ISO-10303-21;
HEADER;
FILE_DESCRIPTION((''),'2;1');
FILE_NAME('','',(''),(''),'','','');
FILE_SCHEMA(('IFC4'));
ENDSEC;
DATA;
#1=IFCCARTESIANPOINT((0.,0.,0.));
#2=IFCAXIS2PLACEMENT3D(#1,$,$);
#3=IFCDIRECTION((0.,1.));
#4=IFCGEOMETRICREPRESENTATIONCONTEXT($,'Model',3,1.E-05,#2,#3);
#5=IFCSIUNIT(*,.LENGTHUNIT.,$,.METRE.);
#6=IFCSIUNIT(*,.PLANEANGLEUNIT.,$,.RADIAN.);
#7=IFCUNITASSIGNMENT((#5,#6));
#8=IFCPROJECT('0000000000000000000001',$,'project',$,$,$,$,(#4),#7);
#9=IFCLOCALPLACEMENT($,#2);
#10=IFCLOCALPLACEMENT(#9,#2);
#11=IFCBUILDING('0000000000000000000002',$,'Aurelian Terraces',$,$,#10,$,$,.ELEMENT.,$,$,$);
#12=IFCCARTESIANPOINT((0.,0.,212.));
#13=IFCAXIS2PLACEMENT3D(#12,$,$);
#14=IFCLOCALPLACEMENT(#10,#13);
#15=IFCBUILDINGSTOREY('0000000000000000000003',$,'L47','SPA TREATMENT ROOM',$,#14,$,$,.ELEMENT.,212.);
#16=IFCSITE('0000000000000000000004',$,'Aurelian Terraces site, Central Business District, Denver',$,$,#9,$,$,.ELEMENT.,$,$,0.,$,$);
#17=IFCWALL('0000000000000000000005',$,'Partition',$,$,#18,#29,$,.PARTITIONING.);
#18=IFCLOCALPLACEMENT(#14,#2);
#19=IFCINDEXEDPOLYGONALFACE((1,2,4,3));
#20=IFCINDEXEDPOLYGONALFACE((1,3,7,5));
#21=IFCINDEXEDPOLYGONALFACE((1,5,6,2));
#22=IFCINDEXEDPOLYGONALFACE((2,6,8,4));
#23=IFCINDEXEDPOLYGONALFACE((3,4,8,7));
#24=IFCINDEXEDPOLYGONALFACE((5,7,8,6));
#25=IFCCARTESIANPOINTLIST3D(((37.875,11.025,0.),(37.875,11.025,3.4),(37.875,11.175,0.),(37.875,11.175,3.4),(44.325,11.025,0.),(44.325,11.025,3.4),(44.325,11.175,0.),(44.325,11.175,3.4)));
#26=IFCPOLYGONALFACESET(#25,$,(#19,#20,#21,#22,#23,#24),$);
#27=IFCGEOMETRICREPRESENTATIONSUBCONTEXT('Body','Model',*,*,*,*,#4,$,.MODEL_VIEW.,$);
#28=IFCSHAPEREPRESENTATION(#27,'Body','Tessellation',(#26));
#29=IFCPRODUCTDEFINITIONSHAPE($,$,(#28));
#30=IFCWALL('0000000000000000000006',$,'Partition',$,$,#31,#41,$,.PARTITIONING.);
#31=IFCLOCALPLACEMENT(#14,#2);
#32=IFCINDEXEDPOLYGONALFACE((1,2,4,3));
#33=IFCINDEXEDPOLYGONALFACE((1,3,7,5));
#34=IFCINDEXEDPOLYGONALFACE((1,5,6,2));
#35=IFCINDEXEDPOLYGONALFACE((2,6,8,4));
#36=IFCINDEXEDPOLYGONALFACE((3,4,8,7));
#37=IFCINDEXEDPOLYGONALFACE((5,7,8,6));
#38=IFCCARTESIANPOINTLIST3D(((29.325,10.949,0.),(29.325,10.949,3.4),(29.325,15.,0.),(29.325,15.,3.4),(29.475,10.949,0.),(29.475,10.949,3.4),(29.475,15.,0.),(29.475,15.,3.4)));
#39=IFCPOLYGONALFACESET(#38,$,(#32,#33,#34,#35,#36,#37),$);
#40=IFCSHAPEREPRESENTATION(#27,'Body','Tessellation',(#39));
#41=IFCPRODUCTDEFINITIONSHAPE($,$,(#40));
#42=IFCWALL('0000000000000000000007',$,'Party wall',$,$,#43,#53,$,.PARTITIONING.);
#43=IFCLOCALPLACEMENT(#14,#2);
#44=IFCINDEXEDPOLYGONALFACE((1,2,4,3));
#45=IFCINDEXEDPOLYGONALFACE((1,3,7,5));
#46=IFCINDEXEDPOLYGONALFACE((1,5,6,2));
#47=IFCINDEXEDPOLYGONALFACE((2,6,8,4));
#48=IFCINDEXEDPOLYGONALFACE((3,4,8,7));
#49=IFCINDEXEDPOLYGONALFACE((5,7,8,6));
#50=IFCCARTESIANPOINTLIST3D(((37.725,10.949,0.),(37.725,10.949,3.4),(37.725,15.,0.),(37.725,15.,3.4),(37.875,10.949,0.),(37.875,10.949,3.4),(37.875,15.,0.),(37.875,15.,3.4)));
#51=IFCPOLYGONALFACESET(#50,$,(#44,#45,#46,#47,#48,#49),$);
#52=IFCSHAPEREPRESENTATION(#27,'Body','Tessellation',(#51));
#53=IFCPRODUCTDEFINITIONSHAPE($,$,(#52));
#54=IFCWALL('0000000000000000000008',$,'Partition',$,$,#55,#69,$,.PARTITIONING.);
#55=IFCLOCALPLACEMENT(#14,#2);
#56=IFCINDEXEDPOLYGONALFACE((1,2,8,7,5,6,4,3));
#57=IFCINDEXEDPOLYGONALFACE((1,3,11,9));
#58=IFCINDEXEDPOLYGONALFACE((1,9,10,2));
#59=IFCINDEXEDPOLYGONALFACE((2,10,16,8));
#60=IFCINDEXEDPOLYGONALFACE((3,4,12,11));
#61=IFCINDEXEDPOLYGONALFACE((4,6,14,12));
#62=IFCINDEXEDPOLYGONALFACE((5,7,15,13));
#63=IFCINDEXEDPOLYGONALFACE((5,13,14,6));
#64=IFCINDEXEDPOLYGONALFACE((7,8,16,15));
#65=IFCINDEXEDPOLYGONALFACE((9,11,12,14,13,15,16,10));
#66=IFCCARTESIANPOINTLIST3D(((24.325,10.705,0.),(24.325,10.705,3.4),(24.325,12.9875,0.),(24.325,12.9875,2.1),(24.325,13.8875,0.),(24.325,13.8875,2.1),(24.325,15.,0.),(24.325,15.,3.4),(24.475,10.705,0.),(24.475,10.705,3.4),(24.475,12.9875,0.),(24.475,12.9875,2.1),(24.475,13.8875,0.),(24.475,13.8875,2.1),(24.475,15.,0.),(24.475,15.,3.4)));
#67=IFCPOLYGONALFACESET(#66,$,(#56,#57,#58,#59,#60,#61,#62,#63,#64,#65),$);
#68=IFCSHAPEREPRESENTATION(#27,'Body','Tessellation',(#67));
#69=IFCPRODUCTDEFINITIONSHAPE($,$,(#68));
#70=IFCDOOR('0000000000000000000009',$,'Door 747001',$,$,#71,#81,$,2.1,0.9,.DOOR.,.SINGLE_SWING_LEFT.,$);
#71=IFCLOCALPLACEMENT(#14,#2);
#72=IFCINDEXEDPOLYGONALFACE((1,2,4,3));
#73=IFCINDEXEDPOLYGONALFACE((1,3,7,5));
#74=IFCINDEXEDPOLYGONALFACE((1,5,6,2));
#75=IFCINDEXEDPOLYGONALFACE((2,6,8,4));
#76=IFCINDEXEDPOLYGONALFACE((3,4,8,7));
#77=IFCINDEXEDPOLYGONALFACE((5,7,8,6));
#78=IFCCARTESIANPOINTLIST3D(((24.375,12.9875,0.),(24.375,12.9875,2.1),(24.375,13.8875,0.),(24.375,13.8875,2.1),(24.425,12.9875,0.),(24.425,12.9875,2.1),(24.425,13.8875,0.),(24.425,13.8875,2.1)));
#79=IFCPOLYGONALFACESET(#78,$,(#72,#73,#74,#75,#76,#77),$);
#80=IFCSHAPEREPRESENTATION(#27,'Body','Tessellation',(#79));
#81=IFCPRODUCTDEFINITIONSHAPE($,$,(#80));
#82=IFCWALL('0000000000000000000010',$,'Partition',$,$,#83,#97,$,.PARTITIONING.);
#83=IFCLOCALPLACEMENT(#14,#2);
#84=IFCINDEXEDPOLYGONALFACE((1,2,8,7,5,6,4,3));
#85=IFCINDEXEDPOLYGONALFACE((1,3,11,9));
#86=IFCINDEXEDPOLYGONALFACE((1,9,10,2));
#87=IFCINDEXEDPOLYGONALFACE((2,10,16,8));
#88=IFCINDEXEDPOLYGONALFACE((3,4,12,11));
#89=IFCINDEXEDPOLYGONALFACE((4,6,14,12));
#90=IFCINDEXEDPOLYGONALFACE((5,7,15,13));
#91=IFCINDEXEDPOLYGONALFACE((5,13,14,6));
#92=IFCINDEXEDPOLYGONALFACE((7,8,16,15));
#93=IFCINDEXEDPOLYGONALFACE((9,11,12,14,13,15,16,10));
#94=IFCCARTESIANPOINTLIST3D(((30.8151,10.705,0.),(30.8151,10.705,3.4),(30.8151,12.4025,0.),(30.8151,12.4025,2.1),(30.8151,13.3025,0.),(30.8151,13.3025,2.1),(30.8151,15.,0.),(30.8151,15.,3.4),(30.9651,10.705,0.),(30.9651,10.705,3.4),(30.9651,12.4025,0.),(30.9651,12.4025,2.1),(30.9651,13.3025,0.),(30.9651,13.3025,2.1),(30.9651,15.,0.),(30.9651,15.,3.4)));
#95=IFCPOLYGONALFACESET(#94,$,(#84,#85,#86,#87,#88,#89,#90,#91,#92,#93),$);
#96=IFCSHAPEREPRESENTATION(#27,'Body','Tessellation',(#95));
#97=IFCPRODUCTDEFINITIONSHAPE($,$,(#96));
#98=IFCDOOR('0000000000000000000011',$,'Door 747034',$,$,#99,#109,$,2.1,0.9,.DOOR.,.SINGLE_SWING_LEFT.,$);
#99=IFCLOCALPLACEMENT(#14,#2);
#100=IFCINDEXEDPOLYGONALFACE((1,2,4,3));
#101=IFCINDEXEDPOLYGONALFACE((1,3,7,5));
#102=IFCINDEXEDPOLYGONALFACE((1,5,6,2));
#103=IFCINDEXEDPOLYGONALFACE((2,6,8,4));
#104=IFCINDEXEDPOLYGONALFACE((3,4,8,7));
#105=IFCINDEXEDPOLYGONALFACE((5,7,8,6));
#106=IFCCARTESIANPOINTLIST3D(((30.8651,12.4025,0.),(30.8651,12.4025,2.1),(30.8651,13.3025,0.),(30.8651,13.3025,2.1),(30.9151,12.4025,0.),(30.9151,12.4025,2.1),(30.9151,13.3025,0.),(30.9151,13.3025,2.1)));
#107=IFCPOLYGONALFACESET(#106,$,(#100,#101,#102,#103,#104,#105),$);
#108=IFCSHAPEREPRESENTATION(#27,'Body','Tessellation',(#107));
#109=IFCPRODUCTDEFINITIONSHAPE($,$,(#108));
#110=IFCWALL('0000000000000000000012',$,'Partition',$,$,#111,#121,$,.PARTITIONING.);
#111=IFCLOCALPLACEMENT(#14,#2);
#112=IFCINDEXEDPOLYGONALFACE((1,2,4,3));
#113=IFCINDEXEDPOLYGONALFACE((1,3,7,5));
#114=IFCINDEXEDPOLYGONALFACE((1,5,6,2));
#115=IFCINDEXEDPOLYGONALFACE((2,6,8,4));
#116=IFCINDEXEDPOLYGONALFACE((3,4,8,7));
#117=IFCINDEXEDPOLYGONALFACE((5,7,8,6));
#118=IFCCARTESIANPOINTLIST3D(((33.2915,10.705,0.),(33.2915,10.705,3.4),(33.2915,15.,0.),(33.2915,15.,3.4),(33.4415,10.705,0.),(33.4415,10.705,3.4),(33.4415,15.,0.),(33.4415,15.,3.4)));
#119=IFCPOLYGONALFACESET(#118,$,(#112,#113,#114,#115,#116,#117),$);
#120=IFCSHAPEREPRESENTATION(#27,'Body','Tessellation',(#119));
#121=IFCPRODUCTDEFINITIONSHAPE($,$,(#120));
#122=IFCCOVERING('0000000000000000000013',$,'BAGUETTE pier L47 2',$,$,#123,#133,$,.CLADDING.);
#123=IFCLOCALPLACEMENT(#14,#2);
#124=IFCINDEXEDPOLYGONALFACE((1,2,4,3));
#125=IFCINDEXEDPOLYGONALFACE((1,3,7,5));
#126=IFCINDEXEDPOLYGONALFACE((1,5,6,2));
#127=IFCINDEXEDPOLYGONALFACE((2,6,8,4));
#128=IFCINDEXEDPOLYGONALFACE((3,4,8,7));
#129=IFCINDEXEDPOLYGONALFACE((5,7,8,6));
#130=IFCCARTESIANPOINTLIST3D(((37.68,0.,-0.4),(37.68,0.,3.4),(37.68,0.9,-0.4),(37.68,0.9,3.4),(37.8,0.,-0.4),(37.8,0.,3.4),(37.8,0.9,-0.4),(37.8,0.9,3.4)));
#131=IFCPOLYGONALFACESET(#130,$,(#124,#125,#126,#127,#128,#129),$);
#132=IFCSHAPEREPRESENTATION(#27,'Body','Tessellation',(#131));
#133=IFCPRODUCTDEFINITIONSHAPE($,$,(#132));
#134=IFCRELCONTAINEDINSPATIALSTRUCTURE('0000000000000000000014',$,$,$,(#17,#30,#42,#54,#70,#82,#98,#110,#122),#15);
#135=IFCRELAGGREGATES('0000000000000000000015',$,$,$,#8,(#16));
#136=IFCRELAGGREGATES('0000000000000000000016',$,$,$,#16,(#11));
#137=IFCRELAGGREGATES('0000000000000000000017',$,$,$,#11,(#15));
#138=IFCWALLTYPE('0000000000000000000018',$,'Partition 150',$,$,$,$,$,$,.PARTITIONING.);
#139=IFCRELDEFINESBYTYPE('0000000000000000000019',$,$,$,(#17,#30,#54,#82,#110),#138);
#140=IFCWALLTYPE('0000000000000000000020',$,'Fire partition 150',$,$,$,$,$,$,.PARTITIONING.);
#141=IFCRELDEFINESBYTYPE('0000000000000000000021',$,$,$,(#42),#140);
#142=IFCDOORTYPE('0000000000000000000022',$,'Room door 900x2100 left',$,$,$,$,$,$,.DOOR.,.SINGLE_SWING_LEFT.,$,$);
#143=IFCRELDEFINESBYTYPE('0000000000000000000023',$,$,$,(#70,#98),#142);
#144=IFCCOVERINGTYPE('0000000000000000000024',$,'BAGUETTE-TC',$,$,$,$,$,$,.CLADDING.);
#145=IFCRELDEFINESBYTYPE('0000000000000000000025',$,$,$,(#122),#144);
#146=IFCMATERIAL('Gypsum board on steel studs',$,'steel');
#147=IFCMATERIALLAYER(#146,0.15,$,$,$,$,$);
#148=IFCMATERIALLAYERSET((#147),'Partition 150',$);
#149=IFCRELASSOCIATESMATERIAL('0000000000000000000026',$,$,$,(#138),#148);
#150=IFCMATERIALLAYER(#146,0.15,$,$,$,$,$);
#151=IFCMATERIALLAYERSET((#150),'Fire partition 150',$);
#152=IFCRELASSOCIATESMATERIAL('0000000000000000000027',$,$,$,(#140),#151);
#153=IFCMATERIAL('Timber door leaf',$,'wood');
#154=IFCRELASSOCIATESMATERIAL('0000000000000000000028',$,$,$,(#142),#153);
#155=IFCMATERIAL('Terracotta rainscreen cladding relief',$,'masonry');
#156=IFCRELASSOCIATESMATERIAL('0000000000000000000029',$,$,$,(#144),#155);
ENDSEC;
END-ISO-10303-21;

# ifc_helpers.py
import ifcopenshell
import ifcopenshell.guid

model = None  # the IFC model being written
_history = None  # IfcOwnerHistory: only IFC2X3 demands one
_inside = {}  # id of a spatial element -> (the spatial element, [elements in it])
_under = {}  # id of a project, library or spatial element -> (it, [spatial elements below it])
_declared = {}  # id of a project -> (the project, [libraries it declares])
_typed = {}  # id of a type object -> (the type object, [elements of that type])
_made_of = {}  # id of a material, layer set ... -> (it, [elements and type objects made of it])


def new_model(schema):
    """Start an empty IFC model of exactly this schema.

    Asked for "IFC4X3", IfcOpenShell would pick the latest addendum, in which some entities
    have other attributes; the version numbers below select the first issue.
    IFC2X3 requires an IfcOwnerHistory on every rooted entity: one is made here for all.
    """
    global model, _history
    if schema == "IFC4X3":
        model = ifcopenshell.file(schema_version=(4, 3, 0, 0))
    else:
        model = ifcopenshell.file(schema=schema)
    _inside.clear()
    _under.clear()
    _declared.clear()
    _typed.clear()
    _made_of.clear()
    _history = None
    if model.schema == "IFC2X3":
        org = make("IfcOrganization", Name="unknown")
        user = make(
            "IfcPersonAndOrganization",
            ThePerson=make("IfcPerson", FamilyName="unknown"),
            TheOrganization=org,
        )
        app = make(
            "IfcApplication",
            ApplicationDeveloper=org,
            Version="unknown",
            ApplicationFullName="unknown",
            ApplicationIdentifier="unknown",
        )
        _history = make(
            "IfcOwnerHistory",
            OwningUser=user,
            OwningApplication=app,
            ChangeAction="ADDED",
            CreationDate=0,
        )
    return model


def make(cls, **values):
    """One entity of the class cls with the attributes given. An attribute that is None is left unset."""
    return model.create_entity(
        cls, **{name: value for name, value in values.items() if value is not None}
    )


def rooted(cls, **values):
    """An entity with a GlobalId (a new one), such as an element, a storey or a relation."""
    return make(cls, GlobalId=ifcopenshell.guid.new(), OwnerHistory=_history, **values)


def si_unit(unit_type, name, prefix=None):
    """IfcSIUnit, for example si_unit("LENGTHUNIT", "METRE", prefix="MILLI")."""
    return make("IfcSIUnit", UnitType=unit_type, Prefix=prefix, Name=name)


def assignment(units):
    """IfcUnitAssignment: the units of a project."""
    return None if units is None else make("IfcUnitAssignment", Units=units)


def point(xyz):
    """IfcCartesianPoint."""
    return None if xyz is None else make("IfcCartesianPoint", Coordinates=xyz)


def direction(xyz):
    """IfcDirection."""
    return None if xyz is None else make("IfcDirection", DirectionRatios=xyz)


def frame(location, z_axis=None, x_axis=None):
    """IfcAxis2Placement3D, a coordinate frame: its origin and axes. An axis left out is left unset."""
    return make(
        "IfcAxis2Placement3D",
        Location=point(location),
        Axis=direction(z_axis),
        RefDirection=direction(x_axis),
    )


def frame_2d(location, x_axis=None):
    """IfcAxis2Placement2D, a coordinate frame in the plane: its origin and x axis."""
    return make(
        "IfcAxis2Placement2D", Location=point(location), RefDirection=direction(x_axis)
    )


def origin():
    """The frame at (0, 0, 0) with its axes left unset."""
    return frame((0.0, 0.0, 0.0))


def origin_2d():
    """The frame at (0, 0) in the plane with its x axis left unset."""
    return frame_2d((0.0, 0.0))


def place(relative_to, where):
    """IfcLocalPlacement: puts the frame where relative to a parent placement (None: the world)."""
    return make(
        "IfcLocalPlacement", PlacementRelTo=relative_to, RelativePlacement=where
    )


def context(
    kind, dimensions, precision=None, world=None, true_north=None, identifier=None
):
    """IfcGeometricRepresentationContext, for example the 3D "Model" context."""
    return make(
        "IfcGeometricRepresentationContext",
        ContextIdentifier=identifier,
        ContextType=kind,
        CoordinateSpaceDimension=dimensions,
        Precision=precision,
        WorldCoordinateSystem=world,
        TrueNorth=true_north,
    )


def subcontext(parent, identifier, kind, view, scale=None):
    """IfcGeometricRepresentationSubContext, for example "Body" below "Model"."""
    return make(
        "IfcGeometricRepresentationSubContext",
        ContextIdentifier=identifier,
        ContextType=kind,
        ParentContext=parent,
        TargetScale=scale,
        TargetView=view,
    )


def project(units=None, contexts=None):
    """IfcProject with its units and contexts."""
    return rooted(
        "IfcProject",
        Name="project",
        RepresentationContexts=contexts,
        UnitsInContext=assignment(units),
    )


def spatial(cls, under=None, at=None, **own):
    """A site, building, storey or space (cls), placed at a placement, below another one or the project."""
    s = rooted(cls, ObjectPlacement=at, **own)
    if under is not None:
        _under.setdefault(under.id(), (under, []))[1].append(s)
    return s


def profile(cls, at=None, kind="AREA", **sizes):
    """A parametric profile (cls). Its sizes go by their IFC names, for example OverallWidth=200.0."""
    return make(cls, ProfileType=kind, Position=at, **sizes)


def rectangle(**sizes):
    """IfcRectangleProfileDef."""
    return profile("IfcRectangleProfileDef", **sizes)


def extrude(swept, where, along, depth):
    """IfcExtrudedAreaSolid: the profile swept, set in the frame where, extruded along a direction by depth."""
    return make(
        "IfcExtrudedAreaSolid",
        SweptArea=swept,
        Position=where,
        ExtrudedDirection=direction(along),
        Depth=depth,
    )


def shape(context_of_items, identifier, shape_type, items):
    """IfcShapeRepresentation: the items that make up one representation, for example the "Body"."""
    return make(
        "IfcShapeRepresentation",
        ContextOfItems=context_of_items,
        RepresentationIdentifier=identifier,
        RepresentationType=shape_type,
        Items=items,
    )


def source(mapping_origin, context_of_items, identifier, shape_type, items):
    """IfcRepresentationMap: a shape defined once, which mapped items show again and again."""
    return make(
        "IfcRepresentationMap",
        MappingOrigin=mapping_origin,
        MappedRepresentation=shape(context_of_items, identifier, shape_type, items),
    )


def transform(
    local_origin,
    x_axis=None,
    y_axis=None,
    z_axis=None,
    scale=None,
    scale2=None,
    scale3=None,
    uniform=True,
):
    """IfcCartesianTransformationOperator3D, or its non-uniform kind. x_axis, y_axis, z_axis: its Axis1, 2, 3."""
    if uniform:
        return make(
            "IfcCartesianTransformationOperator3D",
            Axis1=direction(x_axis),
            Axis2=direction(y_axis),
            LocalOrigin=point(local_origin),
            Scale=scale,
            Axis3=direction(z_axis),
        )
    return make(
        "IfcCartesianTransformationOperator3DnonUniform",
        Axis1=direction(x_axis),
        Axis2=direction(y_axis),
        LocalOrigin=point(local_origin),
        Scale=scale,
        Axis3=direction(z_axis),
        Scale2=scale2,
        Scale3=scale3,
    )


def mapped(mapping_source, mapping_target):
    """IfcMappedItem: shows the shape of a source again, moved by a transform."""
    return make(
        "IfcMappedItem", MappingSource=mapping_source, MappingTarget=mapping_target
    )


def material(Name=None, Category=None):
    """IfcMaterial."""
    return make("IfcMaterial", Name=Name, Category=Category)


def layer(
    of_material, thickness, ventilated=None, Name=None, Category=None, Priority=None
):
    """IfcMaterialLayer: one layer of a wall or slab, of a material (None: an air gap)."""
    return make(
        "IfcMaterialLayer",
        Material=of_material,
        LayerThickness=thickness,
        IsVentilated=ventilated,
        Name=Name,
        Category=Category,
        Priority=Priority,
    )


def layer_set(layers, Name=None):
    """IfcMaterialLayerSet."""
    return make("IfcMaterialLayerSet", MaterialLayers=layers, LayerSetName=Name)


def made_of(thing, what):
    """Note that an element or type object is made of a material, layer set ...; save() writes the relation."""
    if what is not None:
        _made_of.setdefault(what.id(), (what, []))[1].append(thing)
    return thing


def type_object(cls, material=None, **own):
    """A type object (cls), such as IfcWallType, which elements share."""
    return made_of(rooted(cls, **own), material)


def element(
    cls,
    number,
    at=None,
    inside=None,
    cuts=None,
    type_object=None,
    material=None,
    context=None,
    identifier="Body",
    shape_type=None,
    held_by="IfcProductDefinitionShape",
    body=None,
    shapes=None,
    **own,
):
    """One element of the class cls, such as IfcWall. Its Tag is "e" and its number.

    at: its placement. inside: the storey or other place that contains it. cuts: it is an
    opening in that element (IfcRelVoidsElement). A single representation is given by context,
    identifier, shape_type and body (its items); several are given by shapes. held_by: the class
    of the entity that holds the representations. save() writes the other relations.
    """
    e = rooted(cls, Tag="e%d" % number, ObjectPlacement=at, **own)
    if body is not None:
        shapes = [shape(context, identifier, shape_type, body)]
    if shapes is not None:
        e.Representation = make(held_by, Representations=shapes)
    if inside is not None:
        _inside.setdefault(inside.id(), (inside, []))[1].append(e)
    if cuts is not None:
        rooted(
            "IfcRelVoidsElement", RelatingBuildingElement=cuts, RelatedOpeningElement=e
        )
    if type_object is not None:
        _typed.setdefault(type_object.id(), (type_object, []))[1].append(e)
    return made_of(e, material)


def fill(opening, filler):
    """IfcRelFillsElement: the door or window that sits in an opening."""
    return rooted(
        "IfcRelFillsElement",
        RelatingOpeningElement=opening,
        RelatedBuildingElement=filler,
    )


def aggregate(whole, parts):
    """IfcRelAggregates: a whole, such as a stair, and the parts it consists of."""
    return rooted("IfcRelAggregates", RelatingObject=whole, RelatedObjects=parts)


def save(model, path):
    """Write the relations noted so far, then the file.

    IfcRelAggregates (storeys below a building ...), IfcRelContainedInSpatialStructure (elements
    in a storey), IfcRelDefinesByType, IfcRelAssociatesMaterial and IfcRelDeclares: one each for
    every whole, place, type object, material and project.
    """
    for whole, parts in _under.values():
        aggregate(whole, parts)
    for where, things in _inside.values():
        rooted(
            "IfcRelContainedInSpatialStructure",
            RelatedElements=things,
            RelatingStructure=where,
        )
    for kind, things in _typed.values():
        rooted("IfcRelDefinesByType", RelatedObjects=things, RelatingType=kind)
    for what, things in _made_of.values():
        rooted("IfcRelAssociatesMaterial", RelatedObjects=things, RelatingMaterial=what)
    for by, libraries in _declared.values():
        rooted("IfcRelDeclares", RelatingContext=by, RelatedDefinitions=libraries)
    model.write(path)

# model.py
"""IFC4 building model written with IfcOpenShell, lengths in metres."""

from ifc_helpers import new_model, si_unit, direction, frame, frame_2d, origin, origin_2d, place, context, subcontext, project, spatial, rectangle, extrude, source, transform, mapped, material, layer, layer_set, type_object, element, fill, save


model = new_model("IFC4")

# Units and contexts
model_context = context("Model", 3, precision=1e-05, world=origin(), true_north=direction((0.0, 1.0)))
body_context = subcontext(model_context, "Body", "Model", "MODEL_VIEW")
ifc_project = project(units=[si_unit("LENGTHUNIT", "METRE"), si_unit("PLANEANGLEUNIT", "RADIAN")], contexts=[model_context])

# Site, building, storey
site_placement = place(None, origin())
site = spatial("IfcSite", under=ifc_project, at=site_placement, Name="Aurelian Terraces site, Central Business District, Denver", CompositionType="ELEMENT", RefElevation=0.0)
building_placement = place(site_placement, origin())
building = spatial("IfcBuilding", under=site, at=building_placement, Name="Aurelian Terraces", CompositionType="ELEMENT")
storey_placement = place(building_placement, frame((0.0, 0.0, 212.0)))
storey = spatial("IfcBuildingStorey", under=building, at=storey_placement, Name="L47", Description="SPA TREATMENT ROOM", CompositionType="ELEMENT", Elevation=212.0)

# Walls
ifc_material_1 = material(Name="Gypsum board on steel studs", Category="steel")
ifc_layer_1 = layer(ifc_material_1, 0.15)
ifc_layer_set_1 = layer_set([ifc_layer_1], Name="Partition 150")
wall_type_1 = type_object("IfcWallType", Name="Partition 150", PredefinedType="PARTITIONING", material=ifc_layer_set_1)
shared_shape_1 = source(origin(), body_context, "Body", "SweptSolid", [
    extrude(rectangle(XDim=6.45, YDim=0.15, at=frame_2d((3.225, 0.0))), origin(), (0.0, 0.0, 1.0), 3.4),
])
wall_1_placement = place(storey_placement, frame((37.875, 11.1, 0.0), z_axis=(0.0, 0.0, 1.0), x_axis=(1.0, 0.0, 0.0)))
element("IfcWall", 1, at=wall_1_placement, inside=storey, type_object=wall_type_1, Name="Partition", PredefinedType="PARTITIONING", context=body_context, shape_type="MappedRepresentation", body=[
    mapped(shared_shape_1, transform((0.0, 0.0, 0.0), scale=1.0)),
])
shared_shape_2 = source(origin(), body_context, "Body", "SweptSolid", [
    extrude(rectangle(XDim=4.051, YDim=0.15, at=frame_2d((2.0255, 0.0))), origin(), (0.0, 0.0, 1.0), 3.4),
])
wall_2_placement = place(storey_placement, frame((29.4, 10.949, 0.0), z_axis=(0.0, 0.0, 1.0), x_axis=(0.0, 1.0, 0.0)))
element("IfcWall", 2, at=wall_2_placement, inside=storey, type_object=wall_type_1, Name="Partition", PredefinedType="PARTITIONING", context=body_context, shape_type="MappedRepresentation", body=[
    mapped(shared_shape_2, transform((0.0, 0.0, 0.0), scale=1.0)),
])
ifc_layer_2 = layer(ifc_material_1, 0.15)
ifc_layer_set_2 = layer_set([ifc_layer_2], Name="Fire partition 150")
wall_type_2 = type_object("IfcWallType", Name="Fire partition 150", PredefinedType="PARTITIONING", material=ifc_layer_set_2)
wall_3_placement = place(storey_placement, frame((37.8, 10.949, 0.0), z_axis=(0.0, 0.0, 1.0), x_axis=(0.0, 1.0, 0.0)))
element("IfcWall", 3, at=wall_3_placement, inside=storey, type_object=wall_type_2, Name="Party wall", PredefinedType="PARTITIONING", context=body_context, shape_type="MappedRepresentation", body=[
    mapped(shared_shape_2, transform((0.0, 0.0, 0.0), scale=1.0)),
])

# Walls, openings, doors
shared_shape_3 = source(origin(), body_context, "Body", "SweptSolid", [
    extrude(rectangle(XDim=4.295, YDim=0.15, at=frame_2d((2.1475, 0.0))), origin(), (0.0, 0.0, 1.0), 3.4),
])
wall_4_placement = place(storey_placement, frame((24.4, 15.0, 0.0), z_axis=(0.0, 0.0, 1.0), x_axis=(0.0, -1.0, 0.0)))
wall_4 = element("IfcWall", 4, at=wall_4_placement, inside=storey, type_object=wall_type_1, Name="Partition", PredefinedType="PARTITIONING", context=body_context, shape_type="MappedRepresentation", body=[
    mapped(shared_shape_3, transform((0.0, 0.0, 0.0), scale=1.0)),
])
shared_shape_4 = source(origin(), body_context, "Body", "SweptSolid", [
    extrude(rectangle(XDim=0.9, YDim=2.1, at=frame_2d((0.45, 1.05))), frame((0.0, 0.085, 0.0), z_axis=(0.0, -1.0, 0.0), x_axis=(1.0, 0.0, 0.0)), (0.0, 0.0, 1.0), 0.17),
])
opening_1_placement = place(wall_4_placement, frame((1.1125, 0.0, 0.0)))
opening_1 = element("IfcOpeningElement", 5, at=opening_1_placement, cuts=wall_4, PredefinedType="OPENING", context=body_context, shape_type="MappedRepresentation", body=[
    mapped(shared_shape_4, transform((0.0, 0.0, 0.0), scale=1.0)),
])
ifc_material_2 = material(Name="Timber door leaf", Category="wood")
door_type = type_object("IfcDoorType", Name="Room door 900x2100 left", OperationType="SINGLE_SWING_LEFT", PredefinedType="DOOR", material=ifc_material_2)
shared_shape_5 = source(origin(), body_context, "Body", "SweptSolid", [
    extrude(rectangle(XDim=0.9, YDim=2.1, at=frame_2d((0.45, 1.05))), frame((0.0, 0.025, 0.0), z_axis=(0.0, -1.0, 0.0), x_axis=(1.0, 0.0, 0.0)), (0.0, 0.0, 1.0), 0.05),
])
door_1_placement = place(opening_1_placement, origin())
door_1 = element("IfcDoor", 6, at=door_1_placement, inside=storey, type_object=door_type, Name="Door 747001", OperationType="SINGLE_SWING_LEFT", OverallHeight=2.1, OverallWidth=0.9, PredefinedType="DOOR", context=body_context, shape_type="MappedRepresentation", body=[
    mapped(shared_shape_5, transform((0.0, 0.0, 0.0), scale=1.0)),
])
fill(opening_1, door_1)
wall_5_placement = place(storey_placement, frame((30.8901, 10.705, 0.0), z_axis=(0.0, 0.0, 1.0), x_axis=(0.0, 1.0, 0.0)))
wall_5 = element("IfcWall", 7, at=wall_5_placement, inside=storey, type_object=wall_type_1, Name="Partition", PredefinedType="PARTITIONING", context=body_context, shape_type="MappedRepresentation", body=[
    mapped(shared_shape_3, transform((0.0, 0.0, 0.0), scale=1.0)),
])
opening_2_placement = place(wall_5_placement, frame((1.6975, 0.0, 0.0)))
opening_2 = element("IfcOpeningElement", 8, at=opening_2_placement, cuts=wall_5, PredefinedType="OPENING", context=body_context, shape_type="MappedRepresentation", body=[
    mapped(shared_shape_4, transform((0.0, 0.0, 0.0), scale=1.0)),
])
door_2_placement = place(opening_2_placement, origin())
door_2 = element("IfcDoor", 9, at=door_2_placement, inside=storey, type_object=door_type, Name="Door 747034", OperationType="SINGLE_SWING_LEFT", OverallHeight=2.1, OverallWidth=0.9, PredefinedType="DOOR", context=body_context, shape_type="MappedRepresentation", body=[
    mapped(shared_shape_5, transform((0.0, 0.0, 0.0), scale=1.0)),
])
fill(opening_2, door_2)

# Wall
wall_6_placement = place(storey_placement, frame((33.3665, 10.705, 0.0), z_axis=(0.0, 0.0, 1.0), x_axis=(0.0, 1.0, 0.0)))
element("IfcWall", 10, at=wall_6_placement, inside=storey, type_object=wall_type_1, Name="Partition", PredefinedType="PARTITIONING", context=body_context, shape_type="MappedRepresentation", body=[
    mapped(shared_shape_3, transform((0.0, 0.0, 0.0), scale=1.0)),
])

# Covering
ifc_material_3 = material(Name="Terracotta rainscreen cladding relief", Category="masonry")
covering_type = type_object("IfcCoveringType", Name="BAGUETTE-TC", PredefinedType="CLADDING", material=ifc_material_3)
shared_shape_6 = source(origin(), body_context, "Body", "SweptSolid", [
    extrude(rectangle(XDim=0.12, YDim=0.9, at=origin_2d()), origin(), (0.0, 0.0, 1.0), 3.8),
])
covering_placement = place(storey_placement, frame((37.74, 0.45, -0.4), z_axis=(0.0, 0.0, 1.0), x_axis=(1.0, 0.0, 0.0)))
element("IfcCovering", 11, at=covering_placement, inside=storey, type_object=covering_type, Name="BAGUETTE pier L47 2", PredefinedType="CLADDING", context=body_context, shape_type="MappedRepresentation", body=[
    mapped(shared_shape_6, transform((0.0, 0.0, 0.0), scale=1.0)),
])

save(model, "model.ifc")
